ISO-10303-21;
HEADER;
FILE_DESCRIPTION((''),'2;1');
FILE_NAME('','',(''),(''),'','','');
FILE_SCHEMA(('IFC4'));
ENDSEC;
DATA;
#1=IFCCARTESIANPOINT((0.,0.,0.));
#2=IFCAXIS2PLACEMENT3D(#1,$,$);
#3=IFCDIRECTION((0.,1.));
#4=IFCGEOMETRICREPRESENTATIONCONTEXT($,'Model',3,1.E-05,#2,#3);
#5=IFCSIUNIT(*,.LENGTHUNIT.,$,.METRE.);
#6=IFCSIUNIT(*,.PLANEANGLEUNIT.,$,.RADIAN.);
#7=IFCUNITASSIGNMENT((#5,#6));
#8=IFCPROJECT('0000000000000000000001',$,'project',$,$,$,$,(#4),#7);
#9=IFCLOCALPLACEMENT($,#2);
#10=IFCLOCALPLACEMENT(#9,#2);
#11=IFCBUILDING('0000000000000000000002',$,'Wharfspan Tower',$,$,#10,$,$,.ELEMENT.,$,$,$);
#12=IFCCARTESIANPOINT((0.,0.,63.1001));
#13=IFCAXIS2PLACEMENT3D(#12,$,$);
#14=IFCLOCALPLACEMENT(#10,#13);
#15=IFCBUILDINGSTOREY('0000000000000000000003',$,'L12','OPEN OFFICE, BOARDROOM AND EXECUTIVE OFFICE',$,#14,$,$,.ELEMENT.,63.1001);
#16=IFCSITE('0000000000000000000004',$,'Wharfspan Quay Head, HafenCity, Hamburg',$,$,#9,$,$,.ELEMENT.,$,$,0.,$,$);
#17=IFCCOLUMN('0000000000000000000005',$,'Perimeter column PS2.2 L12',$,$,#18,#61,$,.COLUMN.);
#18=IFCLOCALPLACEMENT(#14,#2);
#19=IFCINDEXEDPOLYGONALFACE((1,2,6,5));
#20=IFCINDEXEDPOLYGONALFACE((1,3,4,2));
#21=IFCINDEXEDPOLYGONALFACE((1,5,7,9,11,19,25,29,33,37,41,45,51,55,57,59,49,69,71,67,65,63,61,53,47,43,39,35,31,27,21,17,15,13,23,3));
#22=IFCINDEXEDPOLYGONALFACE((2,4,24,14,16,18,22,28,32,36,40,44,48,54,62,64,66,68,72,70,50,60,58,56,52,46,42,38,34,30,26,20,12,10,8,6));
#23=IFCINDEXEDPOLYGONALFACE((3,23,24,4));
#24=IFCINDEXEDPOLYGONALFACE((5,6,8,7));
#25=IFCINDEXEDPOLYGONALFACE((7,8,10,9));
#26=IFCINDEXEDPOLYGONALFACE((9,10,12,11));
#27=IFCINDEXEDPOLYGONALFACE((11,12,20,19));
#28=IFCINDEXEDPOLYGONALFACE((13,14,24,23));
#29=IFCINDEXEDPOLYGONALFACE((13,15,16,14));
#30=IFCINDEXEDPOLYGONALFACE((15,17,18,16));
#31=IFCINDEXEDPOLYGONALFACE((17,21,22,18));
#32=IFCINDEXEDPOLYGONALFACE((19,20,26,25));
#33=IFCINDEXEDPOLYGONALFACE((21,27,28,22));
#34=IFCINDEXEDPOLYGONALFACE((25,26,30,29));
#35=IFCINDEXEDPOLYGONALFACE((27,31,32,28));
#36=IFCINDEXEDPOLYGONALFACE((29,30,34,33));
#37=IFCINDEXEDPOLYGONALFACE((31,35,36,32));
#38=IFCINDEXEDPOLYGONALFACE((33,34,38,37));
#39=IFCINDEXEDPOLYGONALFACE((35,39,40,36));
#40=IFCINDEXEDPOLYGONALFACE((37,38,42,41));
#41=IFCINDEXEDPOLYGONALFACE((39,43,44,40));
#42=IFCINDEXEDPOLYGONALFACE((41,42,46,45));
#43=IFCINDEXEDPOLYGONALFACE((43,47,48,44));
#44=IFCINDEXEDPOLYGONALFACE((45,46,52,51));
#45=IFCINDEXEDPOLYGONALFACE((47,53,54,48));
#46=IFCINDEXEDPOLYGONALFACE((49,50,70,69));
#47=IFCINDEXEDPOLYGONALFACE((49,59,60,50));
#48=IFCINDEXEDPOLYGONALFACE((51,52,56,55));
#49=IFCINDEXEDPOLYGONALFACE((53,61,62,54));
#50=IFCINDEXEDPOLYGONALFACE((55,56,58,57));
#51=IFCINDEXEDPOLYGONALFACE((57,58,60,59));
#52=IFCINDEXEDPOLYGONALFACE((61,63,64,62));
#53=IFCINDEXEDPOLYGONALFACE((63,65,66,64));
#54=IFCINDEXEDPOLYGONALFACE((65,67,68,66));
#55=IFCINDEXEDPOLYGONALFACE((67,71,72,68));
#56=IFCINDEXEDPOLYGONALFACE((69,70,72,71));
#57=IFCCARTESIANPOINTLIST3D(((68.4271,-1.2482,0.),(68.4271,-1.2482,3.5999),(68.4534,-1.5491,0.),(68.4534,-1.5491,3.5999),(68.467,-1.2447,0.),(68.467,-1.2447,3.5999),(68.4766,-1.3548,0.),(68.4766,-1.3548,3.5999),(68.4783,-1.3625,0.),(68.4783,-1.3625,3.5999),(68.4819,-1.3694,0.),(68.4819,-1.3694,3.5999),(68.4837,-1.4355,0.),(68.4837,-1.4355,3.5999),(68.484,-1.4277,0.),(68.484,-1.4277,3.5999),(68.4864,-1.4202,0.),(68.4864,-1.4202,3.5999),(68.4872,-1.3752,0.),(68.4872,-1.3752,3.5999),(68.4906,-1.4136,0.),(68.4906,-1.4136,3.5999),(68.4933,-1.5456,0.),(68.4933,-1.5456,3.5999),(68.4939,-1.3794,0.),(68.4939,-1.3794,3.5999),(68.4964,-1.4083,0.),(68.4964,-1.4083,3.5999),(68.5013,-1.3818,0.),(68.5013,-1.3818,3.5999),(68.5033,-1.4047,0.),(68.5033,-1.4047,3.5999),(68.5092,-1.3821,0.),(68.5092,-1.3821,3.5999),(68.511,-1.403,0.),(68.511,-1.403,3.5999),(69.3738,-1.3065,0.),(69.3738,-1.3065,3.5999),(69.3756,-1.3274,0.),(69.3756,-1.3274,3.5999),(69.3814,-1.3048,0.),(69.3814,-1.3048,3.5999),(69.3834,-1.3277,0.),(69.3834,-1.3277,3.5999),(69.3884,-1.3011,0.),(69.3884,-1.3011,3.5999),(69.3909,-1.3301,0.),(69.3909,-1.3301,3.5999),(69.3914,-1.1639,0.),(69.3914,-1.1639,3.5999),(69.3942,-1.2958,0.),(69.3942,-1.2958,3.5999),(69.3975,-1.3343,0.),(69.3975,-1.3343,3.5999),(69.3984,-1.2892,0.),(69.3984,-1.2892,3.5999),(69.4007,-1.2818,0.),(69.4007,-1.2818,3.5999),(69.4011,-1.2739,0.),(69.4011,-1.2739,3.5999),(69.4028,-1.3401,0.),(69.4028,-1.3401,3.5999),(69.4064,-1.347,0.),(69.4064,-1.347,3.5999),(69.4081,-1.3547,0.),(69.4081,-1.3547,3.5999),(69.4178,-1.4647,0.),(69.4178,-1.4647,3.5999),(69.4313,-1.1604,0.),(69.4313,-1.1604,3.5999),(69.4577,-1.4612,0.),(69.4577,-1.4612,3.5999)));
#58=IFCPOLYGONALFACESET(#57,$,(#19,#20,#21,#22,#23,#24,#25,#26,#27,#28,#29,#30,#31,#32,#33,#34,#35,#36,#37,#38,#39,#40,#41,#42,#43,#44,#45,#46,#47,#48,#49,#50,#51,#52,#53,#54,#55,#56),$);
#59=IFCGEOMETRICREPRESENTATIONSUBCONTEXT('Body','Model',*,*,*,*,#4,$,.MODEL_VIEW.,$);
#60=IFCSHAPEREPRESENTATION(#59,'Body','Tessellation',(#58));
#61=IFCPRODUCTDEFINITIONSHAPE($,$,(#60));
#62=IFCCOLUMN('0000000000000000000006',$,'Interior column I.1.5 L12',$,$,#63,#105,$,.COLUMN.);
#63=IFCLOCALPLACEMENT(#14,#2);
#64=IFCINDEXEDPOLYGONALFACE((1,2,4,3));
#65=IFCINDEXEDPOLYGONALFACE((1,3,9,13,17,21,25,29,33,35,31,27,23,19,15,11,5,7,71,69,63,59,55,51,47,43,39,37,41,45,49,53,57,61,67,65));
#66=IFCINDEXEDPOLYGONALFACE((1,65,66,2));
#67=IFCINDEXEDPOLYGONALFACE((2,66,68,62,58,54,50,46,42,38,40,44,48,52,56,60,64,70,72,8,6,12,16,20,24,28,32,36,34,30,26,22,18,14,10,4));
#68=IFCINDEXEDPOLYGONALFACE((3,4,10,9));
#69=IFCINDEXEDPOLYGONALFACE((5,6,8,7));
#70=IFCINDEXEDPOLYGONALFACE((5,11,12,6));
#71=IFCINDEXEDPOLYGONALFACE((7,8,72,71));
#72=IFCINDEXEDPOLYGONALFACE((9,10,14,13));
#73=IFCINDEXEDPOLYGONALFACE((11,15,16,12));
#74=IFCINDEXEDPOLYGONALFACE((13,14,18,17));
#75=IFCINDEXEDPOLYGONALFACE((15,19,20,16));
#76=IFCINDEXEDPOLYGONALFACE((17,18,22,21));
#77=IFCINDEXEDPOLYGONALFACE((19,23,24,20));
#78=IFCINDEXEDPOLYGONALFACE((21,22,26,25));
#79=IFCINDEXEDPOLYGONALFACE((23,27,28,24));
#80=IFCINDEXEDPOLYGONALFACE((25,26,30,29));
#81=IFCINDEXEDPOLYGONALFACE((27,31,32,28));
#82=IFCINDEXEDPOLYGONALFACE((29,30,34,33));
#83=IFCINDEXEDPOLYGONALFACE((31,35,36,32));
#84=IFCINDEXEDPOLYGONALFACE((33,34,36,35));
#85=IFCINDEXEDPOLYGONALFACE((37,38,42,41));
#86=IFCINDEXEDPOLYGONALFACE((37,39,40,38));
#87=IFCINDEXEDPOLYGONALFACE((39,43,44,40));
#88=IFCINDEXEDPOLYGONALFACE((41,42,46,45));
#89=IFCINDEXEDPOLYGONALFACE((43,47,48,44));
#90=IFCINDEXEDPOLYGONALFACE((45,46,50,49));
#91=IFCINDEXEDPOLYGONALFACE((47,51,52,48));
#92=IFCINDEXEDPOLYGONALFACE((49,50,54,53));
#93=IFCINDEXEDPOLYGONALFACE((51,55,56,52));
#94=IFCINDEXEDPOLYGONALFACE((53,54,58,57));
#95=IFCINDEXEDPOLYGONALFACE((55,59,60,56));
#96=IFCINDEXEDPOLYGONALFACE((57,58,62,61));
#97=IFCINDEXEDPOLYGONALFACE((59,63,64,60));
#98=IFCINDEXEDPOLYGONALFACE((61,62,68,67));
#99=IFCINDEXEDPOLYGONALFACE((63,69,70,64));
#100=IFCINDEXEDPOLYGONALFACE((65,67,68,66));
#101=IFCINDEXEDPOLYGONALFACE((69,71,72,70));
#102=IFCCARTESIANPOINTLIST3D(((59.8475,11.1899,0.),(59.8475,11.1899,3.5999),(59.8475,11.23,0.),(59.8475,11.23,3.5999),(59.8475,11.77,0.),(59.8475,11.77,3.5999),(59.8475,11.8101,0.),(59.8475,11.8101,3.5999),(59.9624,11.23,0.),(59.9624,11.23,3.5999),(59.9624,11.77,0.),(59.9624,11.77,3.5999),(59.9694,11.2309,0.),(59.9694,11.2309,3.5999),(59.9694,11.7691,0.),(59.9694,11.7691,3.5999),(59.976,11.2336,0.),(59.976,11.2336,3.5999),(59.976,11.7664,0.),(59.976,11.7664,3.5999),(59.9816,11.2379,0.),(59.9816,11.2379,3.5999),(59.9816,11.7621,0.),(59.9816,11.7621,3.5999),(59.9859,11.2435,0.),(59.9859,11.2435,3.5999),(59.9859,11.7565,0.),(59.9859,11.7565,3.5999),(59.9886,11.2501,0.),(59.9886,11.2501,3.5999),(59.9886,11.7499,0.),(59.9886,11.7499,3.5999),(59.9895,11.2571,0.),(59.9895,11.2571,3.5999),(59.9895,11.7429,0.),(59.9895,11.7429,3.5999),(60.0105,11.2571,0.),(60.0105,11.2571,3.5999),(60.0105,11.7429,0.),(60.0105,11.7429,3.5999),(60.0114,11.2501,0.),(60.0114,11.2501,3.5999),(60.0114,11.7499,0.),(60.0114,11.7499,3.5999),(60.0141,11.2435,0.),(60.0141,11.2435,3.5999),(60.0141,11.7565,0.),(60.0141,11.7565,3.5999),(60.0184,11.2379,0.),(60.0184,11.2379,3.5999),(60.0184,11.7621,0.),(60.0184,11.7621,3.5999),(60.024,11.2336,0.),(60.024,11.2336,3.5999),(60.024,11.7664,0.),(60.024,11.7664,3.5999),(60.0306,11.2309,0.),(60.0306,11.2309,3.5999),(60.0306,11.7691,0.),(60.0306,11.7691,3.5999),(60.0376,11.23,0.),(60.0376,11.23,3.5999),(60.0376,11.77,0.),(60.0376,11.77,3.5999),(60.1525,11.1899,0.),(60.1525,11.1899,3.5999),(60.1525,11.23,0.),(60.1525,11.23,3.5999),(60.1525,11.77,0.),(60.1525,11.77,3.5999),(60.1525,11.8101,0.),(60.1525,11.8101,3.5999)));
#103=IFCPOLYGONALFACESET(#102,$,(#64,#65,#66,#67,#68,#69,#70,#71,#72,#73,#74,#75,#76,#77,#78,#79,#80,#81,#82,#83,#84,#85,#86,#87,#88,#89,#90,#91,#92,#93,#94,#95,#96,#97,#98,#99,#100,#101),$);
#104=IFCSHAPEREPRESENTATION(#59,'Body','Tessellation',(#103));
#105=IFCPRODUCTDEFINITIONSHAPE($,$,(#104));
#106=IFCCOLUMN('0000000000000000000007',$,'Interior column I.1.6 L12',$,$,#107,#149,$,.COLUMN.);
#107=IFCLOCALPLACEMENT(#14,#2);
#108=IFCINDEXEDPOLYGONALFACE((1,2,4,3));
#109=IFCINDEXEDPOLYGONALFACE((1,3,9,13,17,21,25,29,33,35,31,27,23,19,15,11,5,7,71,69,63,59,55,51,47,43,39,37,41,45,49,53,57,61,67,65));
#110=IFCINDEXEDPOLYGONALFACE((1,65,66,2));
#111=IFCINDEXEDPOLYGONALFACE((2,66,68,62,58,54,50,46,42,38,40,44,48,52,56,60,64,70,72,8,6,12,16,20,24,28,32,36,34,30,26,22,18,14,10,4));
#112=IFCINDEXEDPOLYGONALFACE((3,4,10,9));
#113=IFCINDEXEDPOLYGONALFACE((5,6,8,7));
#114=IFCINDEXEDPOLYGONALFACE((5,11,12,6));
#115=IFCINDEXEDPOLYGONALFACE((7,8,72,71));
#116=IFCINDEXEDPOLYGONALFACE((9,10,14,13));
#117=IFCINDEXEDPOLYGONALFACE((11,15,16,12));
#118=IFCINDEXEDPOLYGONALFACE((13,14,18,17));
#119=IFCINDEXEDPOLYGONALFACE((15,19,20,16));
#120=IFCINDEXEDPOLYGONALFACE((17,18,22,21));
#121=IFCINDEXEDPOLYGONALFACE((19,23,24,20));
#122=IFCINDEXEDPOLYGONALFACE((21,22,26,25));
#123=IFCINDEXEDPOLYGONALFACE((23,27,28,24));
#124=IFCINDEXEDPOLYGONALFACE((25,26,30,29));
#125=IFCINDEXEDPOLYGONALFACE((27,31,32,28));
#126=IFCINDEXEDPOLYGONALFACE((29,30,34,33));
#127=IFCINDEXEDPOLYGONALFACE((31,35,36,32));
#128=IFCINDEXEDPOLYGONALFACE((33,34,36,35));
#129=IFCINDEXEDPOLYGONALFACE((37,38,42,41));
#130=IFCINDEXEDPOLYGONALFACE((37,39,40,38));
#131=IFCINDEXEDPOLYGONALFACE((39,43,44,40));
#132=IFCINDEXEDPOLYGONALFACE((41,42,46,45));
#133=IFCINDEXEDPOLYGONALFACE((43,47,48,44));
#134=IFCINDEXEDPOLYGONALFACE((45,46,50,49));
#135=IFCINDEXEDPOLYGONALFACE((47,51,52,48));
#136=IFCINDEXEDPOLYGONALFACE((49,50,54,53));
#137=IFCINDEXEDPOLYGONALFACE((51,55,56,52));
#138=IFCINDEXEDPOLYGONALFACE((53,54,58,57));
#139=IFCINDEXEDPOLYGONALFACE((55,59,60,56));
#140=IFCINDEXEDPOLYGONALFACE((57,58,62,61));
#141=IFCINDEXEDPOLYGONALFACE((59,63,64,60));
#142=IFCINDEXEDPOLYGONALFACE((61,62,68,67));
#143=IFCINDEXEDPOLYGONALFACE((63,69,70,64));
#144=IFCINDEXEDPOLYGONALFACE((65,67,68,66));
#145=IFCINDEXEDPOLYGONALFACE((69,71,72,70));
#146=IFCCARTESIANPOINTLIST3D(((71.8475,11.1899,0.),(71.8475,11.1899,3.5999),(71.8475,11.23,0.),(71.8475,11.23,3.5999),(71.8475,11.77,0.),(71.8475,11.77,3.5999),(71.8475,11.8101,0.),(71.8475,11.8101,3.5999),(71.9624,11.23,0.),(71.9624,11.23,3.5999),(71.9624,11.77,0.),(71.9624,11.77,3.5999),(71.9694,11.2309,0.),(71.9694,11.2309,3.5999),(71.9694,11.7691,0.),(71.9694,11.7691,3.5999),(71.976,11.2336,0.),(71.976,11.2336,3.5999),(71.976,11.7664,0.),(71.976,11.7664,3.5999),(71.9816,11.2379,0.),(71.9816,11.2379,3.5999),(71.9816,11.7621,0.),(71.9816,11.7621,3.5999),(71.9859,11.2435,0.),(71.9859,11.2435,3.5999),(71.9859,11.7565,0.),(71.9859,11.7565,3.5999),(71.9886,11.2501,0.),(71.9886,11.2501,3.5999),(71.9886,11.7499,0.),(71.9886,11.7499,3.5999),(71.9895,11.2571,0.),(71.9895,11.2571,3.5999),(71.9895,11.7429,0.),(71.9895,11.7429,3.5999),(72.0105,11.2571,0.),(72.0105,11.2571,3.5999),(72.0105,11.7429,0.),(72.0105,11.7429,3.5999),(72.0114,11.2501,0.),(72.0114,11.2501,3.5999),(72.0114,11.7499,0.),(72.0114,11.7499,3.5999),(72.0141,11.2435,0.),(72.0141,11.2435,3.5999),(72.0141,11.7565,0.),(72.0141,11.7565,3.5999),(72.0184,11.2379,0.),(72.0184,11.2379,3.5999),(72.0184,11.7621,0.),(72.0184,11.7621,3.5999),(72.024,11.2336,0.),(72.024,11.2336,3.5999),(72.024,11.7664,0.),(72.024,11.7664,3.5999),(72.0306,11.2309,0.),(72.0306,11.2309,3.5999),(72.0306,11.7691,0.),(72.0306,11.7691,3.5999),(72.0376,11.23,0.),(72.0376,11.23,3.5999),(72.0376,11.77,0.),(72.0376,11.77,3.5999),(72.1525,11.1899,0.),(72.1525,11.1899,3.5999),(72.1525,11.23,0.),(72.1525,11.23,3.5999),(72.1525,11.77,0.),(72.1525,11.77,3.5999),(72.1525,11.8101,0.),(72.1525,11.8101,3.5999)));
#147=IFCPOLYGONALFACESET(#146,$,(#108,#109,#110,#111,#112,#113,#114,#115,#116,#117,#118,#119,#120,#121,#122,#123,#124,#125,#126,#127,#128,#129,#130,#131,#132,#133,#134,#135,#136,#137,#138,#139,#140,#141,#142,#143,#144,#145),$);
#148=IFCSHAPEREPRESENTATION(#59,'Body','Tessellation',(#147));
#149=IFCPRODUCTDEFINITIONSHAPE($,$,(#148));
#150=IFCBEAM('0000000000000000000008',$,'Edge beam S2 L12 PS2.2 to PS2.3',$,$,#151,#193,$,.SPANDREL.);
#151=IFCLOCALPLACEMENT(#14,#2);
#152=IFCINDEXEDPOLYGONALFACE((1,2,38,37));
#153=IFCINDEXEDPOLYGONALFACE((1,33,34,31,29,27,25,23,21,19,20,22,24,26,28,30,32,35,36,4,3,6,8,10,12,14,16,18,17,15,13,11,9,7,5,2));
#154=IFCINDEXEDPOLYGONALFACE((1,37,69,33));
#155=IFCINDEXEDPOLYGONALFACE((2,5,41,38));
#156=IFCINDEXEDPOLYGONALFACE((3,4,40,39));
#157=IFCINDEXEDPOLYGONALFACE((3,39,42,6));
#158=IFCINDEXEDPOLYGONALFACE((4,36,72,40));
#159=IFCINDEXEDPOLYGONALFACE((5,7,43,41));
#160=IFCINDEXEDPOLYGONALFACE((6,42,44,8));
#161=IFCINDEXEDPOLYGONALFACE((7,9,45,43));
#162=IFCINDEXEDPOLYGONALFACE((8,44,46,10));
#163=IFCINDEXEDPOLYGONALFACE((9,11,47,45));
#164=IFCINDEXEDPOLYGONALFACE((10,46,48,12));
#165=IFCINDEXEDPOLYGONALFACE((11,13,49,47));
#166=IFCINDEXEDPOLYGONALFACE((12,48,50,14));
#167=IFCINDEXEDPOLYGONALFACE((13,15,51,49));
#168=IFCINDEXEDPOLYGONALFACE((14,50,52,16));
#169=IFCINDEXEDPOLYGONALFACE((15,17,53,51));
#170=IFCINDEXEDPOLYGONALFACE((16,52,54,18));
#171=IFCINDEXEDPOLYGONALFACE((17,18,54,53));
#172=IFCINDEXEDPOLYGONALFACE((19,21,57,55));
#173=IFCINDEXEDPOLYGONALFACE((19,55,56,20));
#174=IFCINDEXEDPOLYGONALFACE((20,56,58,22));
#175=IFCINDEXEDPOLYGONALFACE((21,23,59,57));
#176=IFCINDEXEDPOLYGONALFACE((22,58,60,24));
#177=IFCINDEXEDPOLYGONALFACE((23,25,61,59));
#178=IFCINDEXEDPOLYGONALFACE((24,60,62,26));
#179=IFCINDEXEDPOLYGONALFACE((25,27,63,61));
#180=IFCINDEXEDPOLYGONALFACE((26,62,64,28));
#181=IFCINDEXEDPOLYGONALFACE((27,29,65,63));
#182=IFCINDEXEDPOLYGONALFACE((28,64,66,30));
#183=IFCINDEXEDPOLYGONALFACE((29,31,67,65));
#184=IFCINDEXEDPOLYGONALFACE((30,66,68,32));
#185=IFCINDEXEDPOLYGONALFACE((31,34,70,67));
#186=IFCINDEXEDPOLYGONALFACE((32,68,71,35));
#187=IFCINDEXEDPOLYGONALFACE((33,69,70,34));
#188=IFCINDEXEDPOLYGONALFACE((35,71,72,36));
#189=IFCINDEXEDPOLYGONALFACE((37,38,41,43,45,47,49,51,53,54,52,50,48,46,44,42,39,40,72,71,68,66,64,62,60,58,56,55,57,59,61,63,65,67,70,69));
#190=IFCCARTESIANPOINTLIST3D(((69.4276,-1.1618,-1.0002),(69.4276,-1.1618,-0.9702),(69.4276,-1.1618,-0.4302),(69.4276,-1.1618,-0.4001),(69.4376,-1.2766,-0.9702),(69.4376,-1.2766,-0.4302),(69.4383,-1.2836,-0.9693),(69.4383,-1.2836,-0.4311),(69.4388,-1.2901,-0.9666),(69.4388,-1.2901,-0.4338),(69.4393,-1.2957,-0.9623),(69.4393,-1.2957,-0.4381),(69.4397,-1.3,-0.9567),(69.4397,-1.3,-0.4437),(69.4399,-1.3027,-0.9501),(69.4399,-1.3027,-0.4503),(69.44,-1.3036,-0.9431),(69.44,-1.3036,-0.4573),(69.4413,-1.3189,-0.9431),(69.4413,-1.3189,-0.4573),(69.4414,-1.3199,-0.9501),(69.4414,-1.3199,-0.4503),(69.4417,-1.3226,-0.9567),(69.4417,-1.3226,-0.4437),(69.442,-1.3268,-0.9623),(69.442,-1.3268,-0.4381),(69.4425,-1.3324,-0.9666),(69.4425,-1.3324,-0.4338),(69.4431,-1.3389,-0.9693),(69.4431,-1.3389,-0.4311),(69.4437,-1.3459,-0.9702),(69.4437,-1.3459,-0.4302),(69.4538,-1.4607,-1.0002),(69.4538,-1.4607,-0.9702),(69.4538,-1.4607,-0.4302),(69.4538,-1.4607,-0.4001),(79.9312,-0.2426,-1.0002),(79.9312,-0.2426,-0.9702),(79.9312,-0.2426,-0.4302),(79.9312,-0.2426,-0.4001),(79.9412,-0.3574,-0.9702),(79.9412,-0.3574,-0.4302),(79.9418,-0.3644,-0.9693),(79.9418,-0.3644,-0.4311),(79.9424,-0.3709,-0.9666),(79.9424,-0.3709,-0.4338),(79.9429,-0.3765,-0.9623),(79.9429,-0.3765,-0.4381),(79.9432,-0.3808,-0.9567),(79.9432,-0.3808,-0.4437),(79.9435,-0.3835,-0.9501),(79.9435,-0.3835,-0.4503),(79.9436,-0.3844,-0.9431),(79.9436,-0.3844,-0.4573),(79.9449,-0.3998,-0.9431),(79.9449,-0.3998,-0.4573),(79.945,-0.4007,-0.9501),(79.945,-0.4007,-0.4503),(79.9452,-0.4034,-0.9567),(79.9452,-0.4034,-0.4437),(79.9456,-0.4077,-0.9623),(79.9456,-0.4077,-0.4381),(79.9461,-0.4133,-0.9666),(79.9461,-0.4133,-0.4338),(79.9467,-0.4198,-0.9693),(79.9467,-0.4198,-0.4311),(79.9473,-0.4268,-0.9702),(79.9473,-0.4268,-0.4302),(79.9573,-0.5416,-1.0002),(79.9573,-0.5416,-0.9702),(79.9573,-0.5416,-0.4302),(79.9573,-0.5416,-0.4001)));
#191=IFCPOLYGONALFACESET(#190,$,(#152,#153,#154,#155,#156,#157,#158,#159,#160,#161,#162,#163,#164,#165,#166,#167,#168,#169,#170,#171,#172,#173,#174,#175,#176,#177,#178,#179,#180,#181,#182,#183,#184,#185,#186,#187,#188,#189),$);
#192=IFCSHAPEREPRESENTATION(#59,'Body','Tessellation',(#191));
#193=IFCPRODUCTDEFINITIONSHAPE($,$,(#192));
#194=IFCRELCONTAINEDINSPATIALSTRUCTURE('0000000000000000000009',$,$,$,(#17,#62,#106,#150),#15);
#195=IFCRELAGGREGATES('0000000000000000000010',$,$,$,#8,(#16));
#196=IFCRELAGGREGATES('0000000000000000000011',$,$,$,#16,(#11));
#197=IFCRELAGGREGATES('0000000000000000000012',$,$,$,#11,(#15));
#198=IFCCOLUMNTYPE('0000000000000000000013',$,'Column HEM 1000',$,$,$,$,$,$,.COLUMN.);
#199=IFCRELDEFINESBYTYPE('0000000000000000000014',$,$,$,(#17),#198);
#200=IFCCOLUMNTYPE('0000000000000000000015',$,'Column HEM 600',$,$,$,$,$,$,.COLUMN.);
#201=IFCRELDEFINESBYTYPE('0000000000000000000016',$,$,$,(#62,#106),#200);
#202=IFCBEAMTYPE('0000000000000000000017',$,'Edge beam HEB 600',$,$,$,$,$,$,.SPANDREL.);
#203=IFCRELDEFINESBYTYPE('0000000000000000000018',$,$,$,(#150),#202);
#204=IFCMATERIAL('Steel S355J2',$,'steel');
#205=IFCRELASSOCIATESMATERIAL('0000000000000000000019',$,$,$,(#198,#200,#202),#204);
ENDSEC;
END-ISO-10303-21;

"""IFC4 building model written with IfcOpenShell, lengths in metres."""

from ifc_helpers import new_model, si_unit, direction, frame, origin, origin_2d, place, context, subcontext, project, spatial, i_section, extrude, material, material_profile, profile_set, type_object, element, save


model = new_model("IFC4")

# Units and contexts
model_context = context("Model", 3, precision=1e-05, world=origin(), true_north=direction((0.0, 1.0)))
body_context = subcontext(model_context, "Body", "Model", "MODEL_VIEW")
ifc_project = project(units=[si_unit("LENGTHUNIT", "METRE"), si_unit("PLANEANGLEUNIT", "RADIAN")], contexts=[model_context])

# Site, building, storey
site_placement = place(None, origin())
site = spatial("IfcSite", under=ifc_project, at=site_placement, Name="Wharfspan Quay Head, HafenCity, Hamburg", CompositionType="ELEMENT", RefElevation=0.0)
building_placement = place(site_placement, origin())
building = spatial("IfcBuilding", under=site, at=building_placement, Name="Wharfspan Tower", CompositionType="ELEMENT")
storey_placement = place(building_placement, frame((0.0, 0.0, 63.1001)))
storey = spatial("IfcBuildingStorey", under=building, at=storey_placement, Name="L12", Description="OPEN OFFICE, BOARDROOM AND EXECUTIVE OFFICE", CompositionType="ELEMENT", Elevation=63.1001)

# Columns
ifc_material_1 = material(Name="Steel S355J2", Category="steel")
ifc_material_profile_1 = material_profile(ifc_material_1, i_section(OverallWidth=0.302, OverallDepth=1.0081, WebThickness=0.021, FlangeThickness=0.04, FilletRadius=0.03, at=origin_2d()))
ifc_profile_set_1 = profile_set([ifc_material_profile_1], Name="Steel S355J2")
column_type_1 = type_object("IfcColumnType", Name="Column HEM 1000", PredefinedType="COLUMN", material=ifc_profile_set_1)
column_placement = place(storey_placement, frame((68.9424, -1.3547, 0.0), z_axis=(0.0, 0.0, 1.0), x_axis=(0.087156, -0.996198, 0.0)))
element("IfcColumn", 1, at=column_placement, inside=storey, type_object=column_type_1, Name="Perimeter column PS2.2 L12", PredefinedType="COLUMN", context=body_context, shape_type="SweptSolid", body=[
    extrude(i_section(OverallWidth=0.302, OverallDepth=1.0081, WebThickness=0.021, FlangeThickness=0.04, FilletRadius=0.03, at=origin_2d()), origin(), (0.0, 0.0, 1.0), 3.5999),
])
ifc_material_profile_2 = material_profile(ifc_material_1, i_section(OverallWidth=0.3049, OverallDepth=0.6201, WebThickness=0.021, FlangeThickness=0.04, FilletRadius=0.0271, at=origin_2d()))
ifc_profile_set_2 = profile_set([ifc_material_profile_2], Name="Steel S355J2")
column_type_2 = type_object("IfcColumnType", Name="Column HEM 600", PredefinedType="COLUMN", material=ifc_profile_set_2)
for number, where, z_axis, x_axis, name in (
    (2, (60.0, 11.5, 0.0), (0.0, 0.0, 1.0), (1.0, 0.0, 0.0), "Interior column I.1.5 L12"),
    (3, (72.0, 11.5, 0.0), (0.0, 0.0, 1.0), (1.0, 0.0, 0.0), "Interior column I.1.6 L12"),
):
    element("IfcColumn", number, at=place(storey_placement, frame(where, z_axis=z_axis, x_axis=x_axis)), inside=storey, type_object=column_type_2, Name=name, PredefinedType="COLUMN", context=body_context, shape_type="SweptSolid", body=[
        extrude(i_section(OverallWidth=0.3049, OverallDepth=0.6201, WebThickness=0.021, FlangeThickness=0.04, FilletRadius=0.0271, at=origin_2d()), origin(), (0.0, 0.0, 1.0), 3.5999),
    ])

# Beam
ifc_material_profile_3 = material_profile(ifc_material_1, i_section(OverallWidth=0.3, OverallDepth=0.6001, WebThickness=0.0154, FlangeThickness=0.03, FilletRadius=0.0271, at=origin_2d()))
ifc_profile_set_3 = profile_set([ifc_material_profile_3], Name="Steel S355J2")
beam_type = type_object("IfcBeamType", Name="Edge beam HEB 600", PredefinedType="SPANDREL", material=ifc_profile_set_3)
beam_placement = place(storey_placement, frame((69.4407, -1.3113, -0.7002), z_axis=(0.996193, 0.087178, 0.0), x_axis=(-0.087178, 0.996193, 0.0)))
element("IfcBeam", 4, at=beam_placement, inside=storey, type_object=beam_type, Name="Edge beam S2 L12 PS2.2 to PS2.3", PredefinedType="SPANDREL", context=body_context, shape_type="SweptSolid", body=[
    extrude(i_section(OverallWidth=0.3, OverallDepth=0.6001, WebThickness=0.0154, FlangeThickness=0.03, FilletRadius=0.0271, at=origin_2d()), origin(), (0.0, 0.0, 1.0), 10.5437),
])

save(model, "model.ifc")
